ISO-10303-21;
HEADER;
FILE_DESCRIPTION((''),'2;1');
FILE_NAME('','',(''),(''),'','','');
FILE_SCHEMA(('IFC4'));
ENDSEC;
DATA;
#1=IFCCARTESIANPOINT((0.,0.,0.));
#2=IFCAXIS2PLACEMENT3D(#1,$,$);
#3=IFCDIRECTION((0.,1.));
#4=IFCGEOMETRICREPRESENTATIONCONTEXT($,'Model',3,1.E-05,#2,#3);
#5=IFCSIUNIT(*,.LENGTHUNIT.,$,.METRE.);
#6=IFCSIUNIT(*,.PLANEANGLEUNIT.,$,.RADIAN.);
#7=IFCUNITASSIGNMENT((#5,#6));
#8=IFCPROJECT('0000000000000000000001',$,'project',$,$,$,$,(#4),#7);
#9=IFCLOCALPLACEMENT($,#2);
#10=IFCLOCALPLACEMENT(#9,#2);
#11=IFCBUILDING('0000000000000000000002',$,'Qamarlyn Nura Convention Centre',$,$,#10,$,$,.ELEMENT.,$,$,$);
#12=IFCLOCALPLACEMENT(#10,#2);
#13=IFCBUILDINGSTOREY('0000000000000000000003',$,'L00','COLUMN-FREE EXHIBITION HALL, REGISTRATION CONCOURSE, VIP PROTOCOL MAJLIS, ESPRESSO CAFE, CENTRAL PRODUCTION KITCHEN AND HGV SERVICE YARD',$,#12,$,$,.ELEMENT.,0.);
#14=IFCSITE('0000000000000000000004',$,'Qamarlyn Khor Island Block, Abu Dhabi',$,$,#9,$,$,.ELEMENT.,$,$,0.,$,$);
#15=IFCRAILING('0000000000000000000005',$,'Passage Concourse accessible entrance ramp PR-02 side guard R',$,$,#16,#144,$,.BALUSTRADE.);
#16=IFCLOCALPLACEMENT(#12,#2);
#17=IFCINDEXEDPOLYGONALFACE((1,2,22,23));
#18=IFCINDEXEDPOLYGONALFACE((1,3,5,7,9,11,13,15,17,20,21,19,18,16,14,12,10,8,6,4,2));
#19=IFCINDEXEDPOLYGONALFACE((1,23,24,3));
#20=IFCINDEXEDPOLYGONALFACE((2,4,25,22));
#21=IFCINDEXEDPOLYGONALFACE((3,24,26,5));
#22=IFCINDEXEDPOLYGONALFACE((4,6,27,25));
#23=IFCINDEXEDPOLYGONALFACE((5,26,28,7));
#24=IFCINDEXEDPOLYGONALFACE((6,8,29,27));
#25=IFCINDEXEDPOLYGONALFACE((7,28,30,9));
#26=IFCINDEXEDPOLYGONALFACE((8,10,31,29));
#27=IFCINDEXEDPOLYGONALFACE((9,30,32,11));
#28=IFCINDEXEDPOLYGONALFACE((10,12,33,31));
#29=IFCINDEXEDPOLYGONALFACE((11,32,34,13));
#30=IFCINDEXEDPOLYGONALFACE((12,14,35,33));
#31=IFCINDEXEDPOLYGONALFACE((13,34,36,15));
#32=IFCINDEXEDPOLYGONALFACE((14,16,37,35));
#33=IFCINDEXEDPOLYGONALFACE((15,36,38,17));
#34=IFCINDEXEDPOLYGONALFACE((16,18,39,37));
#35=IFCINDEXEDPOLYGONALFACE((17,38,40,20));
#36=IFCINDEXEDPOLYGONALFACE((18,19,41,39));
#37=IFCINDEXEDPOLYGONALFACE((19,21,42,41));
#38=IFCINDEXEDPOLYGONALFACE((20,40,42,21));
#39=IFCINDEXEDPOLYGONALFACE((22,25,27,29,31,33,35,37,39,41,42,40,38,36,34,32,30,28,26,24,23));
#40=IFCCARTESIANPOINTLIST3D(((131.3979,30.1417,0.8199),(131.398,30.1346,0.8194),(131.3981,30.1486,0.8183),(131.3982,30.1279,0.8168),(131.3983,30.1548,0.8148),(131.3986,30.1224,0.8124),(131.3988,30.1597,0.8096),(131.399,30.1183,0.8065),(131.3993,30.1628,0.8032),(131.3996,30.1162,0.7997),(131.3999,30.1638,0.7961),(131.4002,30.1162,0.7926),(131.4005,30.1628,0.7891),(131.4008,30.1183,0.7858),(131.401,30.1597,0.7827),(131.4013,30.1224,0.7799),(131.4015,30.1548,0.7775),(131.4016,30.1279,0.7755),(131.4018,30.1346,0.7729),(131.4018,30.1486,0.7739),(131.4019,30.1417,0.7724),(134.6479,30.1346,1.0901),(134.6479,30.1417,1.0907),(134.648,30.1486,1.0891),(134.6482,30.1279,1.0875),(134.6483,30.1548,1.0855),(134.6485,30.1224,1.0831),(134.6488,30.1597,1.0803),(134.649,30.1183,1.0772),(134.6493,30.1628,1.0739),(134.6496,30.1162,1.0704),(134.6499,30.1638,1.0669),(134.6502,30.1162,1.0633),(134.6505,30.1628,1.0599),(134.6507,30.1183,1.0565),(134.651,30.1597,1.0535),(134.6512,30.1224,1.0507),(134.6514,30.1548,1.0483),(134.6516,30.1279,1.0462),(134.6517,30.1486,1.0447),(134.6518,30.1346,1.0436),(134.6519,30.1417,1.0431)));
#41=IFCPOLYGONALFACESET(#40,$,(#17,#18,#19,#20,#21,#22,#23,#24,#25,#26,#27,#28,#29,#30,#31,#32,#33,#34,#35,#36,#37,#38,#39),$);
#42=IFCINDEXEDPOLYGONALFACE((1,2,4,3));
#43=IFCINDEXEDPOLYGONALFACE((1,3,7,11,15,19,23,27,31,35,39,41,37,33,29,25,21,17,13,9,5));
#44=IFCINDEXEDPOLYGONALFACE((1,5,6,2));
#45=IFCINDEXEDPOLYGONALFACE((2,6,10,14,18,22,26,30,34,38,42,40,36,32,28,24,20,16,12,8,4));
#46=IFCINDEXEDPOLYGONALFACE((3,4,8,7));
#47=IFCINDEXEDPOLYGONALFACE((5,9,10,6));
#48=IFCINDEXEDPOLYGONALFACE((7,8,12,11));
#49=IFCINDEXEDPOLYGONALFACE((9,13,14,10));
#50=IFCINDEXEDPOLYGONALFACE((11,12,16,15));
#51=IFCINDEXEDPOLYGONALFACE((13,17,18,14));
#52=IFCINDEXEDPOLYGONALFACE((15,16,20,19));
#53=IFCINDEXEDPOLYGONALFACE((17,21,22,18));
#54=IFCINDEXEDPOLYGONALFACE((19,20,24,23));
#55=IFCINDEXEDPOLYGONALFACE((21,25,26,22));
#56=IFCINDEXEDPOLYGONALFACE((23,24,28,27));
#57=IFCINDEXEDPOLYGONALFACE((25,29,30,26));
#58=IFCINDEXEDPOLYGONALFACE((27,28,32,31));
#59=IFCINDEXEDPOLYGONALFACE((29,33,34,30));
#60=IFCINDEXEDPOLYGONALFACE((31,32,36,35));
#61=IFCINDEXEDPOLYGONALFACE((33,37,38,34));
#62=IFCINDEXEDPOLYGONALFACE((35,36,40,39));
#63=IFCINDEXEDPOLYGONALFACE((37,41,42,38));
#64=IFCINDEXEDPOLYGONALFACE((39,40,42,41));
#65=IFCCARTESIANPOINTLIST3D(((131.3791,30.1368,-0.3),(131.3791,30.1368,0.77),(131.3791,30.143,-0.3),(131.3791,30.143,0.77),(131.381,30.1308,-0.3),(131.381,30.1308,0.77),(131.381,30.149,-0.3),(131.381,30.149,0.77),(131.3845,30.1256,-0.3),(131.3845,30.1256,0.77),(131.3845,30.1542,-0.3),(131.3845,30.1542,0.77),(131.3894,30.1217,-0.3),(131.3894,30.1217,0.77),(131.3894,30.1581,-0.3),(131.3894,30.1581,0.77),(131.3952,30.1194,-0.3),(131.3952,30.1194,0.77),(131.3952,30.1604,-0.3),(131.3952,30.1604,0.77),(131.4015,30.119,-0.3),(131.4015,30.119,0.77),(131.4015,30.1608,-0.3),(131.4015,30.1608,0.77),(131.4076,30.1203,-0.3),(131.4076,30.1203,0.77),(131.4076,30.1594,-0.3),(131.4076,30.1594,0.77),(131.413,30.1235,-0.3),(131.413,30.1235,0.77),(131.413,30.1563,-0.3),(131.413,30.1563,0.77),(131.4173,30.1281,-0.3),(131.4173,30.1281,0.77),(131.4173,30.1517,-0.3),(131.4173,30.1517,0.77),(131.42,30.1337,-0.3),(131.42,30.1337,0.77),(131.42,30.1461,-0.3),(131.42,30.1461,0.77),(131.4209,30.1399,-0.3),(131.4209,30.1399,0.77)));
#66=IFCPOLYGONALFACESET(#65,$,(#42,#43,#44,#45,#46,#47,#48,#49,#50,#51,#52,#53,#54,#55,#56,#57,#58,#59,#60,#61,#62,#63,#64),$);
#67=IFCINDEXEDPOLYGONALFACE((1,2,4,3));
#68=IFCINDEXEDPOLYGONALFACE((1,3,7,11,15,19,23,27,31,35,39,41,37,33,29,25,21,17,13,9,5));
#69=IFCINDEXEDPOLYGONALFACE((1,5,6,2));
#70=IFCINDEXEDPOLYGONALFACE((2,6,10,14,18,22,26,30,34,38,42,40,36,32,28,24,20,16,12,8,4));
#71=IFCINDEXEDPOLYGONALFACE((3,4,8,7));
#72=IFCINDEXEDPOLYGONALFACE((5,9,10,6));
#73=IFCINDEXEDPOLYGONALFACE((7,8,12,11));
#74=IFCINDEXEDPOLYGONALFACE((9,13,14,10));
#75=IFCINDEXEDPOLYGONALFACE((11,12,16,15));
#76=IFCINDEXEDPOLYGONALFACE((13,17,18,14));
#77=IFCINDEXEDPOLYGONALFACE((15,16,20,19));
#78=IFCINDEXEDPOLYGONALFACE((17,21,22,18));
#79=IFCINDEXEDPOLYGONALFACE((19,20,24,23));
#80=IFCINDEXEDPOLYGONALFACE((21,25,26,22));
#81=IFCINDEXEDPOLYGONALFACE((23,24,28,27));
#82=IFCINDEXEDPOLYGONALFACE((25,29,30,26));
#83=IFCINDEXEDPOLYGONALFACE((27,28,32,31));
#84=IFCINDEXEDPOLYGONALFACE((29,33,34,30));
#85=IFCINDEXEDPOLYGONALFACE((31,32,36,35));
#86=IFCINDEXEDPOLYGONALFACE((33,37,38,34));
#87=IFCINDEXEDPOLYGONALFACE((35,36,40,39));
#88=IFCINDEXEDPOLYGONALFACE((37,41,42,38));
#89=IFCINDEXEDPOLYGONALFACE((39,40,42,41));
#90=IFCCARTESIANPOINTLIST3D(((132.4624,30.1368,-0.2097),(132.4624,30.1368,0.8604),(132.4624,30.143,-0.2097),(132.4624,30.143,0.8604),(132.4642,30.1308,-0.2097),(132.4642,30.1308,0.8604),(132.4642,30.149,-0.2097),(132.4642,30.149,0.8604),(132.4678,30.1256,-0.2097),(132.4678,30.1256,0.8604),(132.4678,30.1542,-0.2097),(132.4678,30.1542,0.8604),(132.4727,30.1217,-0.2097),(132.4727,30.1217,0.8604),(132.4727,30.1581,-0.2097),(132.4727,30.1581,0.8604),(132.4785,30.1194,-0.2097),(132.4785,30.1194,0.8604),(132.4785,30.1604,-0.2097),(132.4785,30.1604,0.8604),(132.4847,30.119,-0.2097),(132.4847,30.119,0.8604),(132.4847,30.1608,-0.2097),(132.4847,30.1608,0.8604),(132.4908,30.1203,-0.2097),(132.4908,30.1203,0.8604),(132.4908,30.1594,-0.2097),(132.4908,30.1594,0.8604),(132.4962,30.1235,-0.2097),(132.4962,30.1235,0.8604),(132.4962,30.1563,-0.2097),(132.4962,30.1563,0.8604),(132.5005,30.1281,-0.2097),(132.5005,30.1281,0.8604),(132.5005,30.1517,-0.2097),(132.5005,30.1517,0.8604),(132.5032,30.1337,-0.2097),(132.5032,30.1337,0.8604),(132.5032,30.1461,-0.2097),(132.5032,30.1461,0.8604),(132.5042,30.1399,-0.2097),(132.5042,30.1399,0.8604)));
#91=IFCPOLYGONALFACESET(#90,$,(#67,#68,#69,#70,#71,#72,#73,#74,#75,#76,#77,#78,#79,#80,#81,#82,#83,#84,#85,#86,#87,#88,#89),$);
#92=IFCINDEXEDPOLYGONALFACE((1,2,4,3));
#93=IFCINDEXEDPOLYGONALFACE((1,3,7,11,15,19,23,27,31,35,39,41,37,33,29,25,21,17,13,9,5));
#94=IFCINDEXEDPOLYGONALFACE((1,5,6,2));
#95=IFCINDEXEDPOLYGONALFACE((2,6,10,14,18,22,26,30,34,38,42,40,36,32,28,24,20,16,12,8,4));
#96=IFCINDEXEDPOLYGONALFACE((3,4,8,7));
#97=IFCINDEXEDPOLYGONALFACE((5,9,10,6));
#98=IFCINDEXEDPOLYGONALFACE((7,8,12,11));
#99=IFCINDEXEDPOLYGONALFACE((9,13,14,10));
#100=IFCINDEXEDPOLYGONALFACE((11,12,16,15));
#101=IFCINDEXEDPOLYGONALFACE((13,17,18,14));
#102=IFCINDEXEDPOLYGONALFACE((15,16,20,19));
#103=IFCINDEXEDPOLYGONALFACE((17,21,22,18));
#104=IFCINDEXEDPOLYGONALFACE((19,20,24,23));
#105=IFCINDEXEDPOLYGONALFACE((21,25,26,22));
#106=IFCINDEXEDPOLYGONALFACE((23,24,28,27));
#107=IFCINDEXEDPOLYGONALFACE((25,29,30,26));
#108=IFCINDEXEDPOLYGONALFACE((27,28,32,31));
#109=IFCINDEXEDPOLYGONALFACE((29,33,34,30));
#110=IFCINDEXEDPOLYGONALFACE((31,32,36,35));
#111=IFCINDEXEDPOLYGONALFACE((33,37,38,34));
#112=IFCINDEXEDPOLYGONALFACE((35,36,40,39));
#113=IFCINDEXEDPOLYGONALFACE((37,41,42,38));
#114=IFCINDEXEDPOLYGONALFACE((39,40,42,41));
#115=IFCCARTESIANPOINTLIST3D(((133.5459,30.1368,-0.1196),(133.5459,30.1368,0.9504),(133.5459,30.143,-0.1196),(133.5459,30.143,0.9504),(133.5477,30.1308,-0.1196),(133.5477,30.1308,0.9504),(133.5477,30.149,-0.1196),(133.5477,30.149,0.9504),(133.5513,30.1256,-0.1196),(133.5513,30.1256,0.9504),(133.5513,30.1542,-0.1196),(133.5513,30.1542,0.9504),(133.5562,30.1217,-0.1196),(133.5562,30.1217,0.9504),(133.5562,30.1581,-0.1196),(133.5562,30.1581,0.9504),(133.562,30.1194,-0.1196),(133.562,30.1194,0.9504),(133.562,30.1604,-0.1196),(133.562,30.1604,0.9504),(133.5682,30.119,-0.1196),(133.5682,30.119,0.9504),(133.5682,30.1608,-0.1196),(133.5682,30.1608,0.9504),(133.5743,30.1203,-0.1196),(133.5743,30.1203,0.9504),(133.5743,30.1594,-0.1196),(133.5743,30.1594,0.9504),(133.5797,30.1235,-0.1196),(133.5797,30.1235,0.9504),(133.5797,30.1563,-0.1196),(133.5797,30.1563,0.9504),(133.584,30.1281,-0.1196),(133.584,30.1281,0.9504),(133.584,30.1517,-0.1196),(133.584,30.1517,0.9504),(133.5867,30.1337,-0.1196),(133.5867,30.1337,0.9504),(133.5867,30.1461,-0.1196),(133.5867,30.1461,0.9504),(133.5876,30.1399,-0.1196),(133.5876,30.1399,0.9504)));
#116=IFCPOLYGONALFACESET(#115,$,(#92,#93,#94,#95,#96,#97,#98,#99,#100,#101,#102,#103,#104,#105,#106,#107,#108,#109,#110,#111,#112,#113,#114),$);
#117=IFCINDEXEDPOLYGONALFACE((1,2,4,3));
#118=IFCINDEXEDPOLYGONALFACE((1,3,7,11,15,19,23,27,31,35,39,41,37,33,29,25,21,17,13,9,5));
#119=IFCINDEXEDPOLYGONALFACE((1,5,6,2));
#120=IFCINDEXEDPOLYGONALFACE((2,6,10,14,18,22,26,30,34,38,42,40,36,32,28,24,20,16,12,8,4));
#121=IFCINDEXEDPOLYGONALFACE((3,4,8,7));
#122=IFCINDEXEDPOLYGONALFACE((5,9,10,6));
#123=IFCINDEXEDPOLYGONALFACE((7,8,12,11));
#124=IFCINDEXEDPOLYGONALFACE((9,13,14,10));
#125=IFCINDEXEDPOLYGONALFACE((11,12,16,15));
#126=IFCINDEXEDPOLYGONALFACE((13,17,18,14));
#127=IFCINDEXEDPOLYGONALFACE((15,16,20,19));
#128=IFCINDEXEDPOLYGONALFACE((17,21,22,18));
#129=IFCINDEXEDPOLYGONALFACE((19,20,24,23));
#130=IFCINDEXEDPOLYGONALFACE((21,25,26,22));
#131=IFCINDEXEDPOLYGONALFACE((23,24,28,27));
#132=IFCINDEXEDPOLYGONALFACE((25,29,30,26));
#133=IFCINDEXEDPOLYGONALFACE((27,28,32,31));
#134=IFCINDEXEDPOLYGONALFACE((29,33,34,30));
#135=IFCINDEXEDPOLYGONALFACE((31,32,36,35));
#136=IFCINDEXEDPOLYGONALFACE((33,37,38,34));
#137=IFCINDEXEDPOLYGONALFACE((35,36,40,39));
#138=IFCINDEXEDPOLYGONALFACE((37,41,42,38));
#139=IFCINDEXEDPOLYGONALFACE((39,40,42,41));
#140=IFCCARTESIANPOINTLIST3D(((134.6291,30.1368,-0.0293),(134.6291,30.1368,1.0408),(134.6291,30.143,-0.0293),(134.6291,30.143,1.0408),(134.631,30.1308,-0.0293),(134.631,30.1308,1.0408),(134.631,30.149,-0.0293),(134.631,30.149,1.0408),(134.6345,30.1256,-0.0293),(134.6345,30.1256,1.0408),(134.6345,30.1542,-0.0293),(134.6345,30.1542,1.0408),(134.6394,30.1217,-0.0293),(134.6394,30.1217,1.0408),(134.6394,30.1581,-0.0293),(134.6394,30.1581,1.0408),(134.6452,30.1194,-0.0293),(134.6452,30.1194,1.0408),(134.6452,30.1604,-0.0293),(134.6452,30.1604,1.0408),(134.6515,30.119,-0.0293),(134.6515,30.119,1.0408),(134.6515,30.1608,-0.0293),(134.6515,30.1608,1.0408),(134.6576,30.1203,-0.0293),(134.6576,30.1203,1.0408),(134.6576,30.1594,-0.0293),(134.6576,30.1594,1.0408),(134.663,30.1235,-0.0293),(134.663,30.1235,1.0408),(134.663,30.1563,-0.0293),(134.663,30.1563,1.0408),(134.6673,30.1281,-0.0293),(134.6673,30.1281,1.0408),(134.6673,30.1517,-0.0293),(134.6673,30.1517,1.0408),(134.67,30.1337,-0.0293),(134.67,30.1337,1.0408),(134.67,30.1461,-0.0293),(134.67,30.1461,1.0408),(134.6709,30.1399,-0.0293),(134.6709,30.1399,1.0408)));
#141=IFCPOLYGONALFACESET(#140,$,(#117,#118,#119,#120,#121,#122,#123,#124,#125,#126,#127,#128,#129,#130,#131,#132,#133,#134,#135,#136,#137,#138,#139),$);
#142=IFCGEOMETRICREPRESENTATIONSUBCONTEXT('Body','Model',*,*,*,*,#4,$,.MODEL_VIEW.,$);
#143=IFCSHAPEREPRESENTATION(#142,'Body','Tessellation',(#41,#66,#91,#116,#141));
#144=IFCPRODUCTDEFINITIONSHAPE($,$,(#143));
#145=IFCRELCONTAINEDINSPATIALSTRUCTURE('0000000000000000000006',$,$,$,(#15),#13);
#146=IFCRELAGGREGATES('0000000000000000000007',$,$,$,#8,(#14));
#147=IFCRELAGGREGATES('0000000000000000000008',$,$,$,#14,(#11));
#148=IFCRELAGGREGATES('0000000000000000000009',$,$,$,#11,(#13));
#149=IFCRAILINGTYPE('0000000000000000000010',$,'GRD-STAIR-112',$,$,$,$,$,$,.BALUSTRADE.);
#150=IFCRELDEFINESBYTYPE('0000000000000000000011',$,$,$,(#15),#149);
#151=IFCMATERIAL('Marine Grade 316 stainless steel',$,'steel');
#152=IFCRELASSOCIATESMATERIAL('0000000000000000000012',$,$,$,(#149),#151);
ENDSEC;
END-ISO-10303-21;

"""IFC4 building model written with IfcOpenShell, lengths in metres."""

from ifc_helpers import new_model, si_unit, direction, frame, origin, origin_2d, place, context, subcontext, project, spatial, circle, extrude, material, type_object, element, save


model = new_model("IFC4")

# Units and contexts
model_context = context("Model", 3, precision=1e-05, world=origin(), true_north=direction((0.0, 1.0)))
body_context = subcontext(model_context, "Body", "Model", "MODEL_VIEW")
ifc_project = project(units=[si_unit("LENGTHUNIT", "METRE"), si_unit("PLANEANGLEUNIT", "RADIAN")], contexts=[model_context])

# Site, building, storey
site_placement = place(None, origin())
site = spatial("IfcSite", under=ifc_project, at=site_placement, Name="Qamarlyn Khor Island Block, Abu Dhabi", CompositionType="ELEMENT", RefElevation=0.0)
building_placement = place(site_placement, origin())
building = spatial("IfcBuilding", under=site, at=building_placement, Name="Qamarlyn Nura Convention Centre", CompositionType="ELEMENT")
storey_placement = place(building_placement, origin())
storey = spatial("IfcBuildingStorey", under=building, at=storey_placement, Name="L00", Description="COLUMN-FREE EXHIBITION HALL, REGISTRATION CONCOURSE, VIP PROTOCOL MAJLIS, ESPRESSO CAFE, CENTRAL PRODUCTION KITCHEN AND HGV SERVICE YARD", CompositionType="ELEMENT", Elevation=0.0)

# Railing
ifc_material_1 = material(Name="Marine Grade 316 stainless steel", Category="steel")
railing_type = type_object("IfcRailingType", Name="GRD-STAIR-112", PredefinedType="BALUSTRADE", material=ifc_material_1)
for number, where, name in (
    (1, (131.3999, 30.1399, -0.3), "Passage Concourse accessible entrance ramp PR-02 side guard R"),
):
    element("IfcRailing", number, at=place(storey_placement, frame(where)), inside=storey, type_object=railing_type, Name=name, PredefinedType="BALUSTRADE", context=body_context, shape_type="SweptSolid", body=[
        extrude(circle(Radius=0.0239, at=origin_2d()), frame((0.0, 0.0, 1.0962), z_axis=(0.996548, 0.0, 0.083021), x_axis=(0.0, 1.0, 0.0)), (0.0, 0.0, 1.0), 3.2612),
        extrude(circle(Radius=0.021, at=origin_2d()), origin(), (0.0, 0.0, 1.0), 1.0701),
        extrude(circle(Radius=0.021, at=origin_2d()), frame((1.0833, 0.0, 0.0903)), (0.0, 0.0, 1.0), 1.0701),
        extrude(circle(Radius=0.021, at=origin_2d()), frame((2.1667, 0.0, 0.1804)), (0.0, 0.0, 1.0), 1.0701),
        extrude(circle(Radius=0.021, at=origin_2d()), frame((3.25, 0.0, 0.2708)), (0.0, 0.0, 1.0), 1.0701),
    ])

save(model, "model.ifc")
